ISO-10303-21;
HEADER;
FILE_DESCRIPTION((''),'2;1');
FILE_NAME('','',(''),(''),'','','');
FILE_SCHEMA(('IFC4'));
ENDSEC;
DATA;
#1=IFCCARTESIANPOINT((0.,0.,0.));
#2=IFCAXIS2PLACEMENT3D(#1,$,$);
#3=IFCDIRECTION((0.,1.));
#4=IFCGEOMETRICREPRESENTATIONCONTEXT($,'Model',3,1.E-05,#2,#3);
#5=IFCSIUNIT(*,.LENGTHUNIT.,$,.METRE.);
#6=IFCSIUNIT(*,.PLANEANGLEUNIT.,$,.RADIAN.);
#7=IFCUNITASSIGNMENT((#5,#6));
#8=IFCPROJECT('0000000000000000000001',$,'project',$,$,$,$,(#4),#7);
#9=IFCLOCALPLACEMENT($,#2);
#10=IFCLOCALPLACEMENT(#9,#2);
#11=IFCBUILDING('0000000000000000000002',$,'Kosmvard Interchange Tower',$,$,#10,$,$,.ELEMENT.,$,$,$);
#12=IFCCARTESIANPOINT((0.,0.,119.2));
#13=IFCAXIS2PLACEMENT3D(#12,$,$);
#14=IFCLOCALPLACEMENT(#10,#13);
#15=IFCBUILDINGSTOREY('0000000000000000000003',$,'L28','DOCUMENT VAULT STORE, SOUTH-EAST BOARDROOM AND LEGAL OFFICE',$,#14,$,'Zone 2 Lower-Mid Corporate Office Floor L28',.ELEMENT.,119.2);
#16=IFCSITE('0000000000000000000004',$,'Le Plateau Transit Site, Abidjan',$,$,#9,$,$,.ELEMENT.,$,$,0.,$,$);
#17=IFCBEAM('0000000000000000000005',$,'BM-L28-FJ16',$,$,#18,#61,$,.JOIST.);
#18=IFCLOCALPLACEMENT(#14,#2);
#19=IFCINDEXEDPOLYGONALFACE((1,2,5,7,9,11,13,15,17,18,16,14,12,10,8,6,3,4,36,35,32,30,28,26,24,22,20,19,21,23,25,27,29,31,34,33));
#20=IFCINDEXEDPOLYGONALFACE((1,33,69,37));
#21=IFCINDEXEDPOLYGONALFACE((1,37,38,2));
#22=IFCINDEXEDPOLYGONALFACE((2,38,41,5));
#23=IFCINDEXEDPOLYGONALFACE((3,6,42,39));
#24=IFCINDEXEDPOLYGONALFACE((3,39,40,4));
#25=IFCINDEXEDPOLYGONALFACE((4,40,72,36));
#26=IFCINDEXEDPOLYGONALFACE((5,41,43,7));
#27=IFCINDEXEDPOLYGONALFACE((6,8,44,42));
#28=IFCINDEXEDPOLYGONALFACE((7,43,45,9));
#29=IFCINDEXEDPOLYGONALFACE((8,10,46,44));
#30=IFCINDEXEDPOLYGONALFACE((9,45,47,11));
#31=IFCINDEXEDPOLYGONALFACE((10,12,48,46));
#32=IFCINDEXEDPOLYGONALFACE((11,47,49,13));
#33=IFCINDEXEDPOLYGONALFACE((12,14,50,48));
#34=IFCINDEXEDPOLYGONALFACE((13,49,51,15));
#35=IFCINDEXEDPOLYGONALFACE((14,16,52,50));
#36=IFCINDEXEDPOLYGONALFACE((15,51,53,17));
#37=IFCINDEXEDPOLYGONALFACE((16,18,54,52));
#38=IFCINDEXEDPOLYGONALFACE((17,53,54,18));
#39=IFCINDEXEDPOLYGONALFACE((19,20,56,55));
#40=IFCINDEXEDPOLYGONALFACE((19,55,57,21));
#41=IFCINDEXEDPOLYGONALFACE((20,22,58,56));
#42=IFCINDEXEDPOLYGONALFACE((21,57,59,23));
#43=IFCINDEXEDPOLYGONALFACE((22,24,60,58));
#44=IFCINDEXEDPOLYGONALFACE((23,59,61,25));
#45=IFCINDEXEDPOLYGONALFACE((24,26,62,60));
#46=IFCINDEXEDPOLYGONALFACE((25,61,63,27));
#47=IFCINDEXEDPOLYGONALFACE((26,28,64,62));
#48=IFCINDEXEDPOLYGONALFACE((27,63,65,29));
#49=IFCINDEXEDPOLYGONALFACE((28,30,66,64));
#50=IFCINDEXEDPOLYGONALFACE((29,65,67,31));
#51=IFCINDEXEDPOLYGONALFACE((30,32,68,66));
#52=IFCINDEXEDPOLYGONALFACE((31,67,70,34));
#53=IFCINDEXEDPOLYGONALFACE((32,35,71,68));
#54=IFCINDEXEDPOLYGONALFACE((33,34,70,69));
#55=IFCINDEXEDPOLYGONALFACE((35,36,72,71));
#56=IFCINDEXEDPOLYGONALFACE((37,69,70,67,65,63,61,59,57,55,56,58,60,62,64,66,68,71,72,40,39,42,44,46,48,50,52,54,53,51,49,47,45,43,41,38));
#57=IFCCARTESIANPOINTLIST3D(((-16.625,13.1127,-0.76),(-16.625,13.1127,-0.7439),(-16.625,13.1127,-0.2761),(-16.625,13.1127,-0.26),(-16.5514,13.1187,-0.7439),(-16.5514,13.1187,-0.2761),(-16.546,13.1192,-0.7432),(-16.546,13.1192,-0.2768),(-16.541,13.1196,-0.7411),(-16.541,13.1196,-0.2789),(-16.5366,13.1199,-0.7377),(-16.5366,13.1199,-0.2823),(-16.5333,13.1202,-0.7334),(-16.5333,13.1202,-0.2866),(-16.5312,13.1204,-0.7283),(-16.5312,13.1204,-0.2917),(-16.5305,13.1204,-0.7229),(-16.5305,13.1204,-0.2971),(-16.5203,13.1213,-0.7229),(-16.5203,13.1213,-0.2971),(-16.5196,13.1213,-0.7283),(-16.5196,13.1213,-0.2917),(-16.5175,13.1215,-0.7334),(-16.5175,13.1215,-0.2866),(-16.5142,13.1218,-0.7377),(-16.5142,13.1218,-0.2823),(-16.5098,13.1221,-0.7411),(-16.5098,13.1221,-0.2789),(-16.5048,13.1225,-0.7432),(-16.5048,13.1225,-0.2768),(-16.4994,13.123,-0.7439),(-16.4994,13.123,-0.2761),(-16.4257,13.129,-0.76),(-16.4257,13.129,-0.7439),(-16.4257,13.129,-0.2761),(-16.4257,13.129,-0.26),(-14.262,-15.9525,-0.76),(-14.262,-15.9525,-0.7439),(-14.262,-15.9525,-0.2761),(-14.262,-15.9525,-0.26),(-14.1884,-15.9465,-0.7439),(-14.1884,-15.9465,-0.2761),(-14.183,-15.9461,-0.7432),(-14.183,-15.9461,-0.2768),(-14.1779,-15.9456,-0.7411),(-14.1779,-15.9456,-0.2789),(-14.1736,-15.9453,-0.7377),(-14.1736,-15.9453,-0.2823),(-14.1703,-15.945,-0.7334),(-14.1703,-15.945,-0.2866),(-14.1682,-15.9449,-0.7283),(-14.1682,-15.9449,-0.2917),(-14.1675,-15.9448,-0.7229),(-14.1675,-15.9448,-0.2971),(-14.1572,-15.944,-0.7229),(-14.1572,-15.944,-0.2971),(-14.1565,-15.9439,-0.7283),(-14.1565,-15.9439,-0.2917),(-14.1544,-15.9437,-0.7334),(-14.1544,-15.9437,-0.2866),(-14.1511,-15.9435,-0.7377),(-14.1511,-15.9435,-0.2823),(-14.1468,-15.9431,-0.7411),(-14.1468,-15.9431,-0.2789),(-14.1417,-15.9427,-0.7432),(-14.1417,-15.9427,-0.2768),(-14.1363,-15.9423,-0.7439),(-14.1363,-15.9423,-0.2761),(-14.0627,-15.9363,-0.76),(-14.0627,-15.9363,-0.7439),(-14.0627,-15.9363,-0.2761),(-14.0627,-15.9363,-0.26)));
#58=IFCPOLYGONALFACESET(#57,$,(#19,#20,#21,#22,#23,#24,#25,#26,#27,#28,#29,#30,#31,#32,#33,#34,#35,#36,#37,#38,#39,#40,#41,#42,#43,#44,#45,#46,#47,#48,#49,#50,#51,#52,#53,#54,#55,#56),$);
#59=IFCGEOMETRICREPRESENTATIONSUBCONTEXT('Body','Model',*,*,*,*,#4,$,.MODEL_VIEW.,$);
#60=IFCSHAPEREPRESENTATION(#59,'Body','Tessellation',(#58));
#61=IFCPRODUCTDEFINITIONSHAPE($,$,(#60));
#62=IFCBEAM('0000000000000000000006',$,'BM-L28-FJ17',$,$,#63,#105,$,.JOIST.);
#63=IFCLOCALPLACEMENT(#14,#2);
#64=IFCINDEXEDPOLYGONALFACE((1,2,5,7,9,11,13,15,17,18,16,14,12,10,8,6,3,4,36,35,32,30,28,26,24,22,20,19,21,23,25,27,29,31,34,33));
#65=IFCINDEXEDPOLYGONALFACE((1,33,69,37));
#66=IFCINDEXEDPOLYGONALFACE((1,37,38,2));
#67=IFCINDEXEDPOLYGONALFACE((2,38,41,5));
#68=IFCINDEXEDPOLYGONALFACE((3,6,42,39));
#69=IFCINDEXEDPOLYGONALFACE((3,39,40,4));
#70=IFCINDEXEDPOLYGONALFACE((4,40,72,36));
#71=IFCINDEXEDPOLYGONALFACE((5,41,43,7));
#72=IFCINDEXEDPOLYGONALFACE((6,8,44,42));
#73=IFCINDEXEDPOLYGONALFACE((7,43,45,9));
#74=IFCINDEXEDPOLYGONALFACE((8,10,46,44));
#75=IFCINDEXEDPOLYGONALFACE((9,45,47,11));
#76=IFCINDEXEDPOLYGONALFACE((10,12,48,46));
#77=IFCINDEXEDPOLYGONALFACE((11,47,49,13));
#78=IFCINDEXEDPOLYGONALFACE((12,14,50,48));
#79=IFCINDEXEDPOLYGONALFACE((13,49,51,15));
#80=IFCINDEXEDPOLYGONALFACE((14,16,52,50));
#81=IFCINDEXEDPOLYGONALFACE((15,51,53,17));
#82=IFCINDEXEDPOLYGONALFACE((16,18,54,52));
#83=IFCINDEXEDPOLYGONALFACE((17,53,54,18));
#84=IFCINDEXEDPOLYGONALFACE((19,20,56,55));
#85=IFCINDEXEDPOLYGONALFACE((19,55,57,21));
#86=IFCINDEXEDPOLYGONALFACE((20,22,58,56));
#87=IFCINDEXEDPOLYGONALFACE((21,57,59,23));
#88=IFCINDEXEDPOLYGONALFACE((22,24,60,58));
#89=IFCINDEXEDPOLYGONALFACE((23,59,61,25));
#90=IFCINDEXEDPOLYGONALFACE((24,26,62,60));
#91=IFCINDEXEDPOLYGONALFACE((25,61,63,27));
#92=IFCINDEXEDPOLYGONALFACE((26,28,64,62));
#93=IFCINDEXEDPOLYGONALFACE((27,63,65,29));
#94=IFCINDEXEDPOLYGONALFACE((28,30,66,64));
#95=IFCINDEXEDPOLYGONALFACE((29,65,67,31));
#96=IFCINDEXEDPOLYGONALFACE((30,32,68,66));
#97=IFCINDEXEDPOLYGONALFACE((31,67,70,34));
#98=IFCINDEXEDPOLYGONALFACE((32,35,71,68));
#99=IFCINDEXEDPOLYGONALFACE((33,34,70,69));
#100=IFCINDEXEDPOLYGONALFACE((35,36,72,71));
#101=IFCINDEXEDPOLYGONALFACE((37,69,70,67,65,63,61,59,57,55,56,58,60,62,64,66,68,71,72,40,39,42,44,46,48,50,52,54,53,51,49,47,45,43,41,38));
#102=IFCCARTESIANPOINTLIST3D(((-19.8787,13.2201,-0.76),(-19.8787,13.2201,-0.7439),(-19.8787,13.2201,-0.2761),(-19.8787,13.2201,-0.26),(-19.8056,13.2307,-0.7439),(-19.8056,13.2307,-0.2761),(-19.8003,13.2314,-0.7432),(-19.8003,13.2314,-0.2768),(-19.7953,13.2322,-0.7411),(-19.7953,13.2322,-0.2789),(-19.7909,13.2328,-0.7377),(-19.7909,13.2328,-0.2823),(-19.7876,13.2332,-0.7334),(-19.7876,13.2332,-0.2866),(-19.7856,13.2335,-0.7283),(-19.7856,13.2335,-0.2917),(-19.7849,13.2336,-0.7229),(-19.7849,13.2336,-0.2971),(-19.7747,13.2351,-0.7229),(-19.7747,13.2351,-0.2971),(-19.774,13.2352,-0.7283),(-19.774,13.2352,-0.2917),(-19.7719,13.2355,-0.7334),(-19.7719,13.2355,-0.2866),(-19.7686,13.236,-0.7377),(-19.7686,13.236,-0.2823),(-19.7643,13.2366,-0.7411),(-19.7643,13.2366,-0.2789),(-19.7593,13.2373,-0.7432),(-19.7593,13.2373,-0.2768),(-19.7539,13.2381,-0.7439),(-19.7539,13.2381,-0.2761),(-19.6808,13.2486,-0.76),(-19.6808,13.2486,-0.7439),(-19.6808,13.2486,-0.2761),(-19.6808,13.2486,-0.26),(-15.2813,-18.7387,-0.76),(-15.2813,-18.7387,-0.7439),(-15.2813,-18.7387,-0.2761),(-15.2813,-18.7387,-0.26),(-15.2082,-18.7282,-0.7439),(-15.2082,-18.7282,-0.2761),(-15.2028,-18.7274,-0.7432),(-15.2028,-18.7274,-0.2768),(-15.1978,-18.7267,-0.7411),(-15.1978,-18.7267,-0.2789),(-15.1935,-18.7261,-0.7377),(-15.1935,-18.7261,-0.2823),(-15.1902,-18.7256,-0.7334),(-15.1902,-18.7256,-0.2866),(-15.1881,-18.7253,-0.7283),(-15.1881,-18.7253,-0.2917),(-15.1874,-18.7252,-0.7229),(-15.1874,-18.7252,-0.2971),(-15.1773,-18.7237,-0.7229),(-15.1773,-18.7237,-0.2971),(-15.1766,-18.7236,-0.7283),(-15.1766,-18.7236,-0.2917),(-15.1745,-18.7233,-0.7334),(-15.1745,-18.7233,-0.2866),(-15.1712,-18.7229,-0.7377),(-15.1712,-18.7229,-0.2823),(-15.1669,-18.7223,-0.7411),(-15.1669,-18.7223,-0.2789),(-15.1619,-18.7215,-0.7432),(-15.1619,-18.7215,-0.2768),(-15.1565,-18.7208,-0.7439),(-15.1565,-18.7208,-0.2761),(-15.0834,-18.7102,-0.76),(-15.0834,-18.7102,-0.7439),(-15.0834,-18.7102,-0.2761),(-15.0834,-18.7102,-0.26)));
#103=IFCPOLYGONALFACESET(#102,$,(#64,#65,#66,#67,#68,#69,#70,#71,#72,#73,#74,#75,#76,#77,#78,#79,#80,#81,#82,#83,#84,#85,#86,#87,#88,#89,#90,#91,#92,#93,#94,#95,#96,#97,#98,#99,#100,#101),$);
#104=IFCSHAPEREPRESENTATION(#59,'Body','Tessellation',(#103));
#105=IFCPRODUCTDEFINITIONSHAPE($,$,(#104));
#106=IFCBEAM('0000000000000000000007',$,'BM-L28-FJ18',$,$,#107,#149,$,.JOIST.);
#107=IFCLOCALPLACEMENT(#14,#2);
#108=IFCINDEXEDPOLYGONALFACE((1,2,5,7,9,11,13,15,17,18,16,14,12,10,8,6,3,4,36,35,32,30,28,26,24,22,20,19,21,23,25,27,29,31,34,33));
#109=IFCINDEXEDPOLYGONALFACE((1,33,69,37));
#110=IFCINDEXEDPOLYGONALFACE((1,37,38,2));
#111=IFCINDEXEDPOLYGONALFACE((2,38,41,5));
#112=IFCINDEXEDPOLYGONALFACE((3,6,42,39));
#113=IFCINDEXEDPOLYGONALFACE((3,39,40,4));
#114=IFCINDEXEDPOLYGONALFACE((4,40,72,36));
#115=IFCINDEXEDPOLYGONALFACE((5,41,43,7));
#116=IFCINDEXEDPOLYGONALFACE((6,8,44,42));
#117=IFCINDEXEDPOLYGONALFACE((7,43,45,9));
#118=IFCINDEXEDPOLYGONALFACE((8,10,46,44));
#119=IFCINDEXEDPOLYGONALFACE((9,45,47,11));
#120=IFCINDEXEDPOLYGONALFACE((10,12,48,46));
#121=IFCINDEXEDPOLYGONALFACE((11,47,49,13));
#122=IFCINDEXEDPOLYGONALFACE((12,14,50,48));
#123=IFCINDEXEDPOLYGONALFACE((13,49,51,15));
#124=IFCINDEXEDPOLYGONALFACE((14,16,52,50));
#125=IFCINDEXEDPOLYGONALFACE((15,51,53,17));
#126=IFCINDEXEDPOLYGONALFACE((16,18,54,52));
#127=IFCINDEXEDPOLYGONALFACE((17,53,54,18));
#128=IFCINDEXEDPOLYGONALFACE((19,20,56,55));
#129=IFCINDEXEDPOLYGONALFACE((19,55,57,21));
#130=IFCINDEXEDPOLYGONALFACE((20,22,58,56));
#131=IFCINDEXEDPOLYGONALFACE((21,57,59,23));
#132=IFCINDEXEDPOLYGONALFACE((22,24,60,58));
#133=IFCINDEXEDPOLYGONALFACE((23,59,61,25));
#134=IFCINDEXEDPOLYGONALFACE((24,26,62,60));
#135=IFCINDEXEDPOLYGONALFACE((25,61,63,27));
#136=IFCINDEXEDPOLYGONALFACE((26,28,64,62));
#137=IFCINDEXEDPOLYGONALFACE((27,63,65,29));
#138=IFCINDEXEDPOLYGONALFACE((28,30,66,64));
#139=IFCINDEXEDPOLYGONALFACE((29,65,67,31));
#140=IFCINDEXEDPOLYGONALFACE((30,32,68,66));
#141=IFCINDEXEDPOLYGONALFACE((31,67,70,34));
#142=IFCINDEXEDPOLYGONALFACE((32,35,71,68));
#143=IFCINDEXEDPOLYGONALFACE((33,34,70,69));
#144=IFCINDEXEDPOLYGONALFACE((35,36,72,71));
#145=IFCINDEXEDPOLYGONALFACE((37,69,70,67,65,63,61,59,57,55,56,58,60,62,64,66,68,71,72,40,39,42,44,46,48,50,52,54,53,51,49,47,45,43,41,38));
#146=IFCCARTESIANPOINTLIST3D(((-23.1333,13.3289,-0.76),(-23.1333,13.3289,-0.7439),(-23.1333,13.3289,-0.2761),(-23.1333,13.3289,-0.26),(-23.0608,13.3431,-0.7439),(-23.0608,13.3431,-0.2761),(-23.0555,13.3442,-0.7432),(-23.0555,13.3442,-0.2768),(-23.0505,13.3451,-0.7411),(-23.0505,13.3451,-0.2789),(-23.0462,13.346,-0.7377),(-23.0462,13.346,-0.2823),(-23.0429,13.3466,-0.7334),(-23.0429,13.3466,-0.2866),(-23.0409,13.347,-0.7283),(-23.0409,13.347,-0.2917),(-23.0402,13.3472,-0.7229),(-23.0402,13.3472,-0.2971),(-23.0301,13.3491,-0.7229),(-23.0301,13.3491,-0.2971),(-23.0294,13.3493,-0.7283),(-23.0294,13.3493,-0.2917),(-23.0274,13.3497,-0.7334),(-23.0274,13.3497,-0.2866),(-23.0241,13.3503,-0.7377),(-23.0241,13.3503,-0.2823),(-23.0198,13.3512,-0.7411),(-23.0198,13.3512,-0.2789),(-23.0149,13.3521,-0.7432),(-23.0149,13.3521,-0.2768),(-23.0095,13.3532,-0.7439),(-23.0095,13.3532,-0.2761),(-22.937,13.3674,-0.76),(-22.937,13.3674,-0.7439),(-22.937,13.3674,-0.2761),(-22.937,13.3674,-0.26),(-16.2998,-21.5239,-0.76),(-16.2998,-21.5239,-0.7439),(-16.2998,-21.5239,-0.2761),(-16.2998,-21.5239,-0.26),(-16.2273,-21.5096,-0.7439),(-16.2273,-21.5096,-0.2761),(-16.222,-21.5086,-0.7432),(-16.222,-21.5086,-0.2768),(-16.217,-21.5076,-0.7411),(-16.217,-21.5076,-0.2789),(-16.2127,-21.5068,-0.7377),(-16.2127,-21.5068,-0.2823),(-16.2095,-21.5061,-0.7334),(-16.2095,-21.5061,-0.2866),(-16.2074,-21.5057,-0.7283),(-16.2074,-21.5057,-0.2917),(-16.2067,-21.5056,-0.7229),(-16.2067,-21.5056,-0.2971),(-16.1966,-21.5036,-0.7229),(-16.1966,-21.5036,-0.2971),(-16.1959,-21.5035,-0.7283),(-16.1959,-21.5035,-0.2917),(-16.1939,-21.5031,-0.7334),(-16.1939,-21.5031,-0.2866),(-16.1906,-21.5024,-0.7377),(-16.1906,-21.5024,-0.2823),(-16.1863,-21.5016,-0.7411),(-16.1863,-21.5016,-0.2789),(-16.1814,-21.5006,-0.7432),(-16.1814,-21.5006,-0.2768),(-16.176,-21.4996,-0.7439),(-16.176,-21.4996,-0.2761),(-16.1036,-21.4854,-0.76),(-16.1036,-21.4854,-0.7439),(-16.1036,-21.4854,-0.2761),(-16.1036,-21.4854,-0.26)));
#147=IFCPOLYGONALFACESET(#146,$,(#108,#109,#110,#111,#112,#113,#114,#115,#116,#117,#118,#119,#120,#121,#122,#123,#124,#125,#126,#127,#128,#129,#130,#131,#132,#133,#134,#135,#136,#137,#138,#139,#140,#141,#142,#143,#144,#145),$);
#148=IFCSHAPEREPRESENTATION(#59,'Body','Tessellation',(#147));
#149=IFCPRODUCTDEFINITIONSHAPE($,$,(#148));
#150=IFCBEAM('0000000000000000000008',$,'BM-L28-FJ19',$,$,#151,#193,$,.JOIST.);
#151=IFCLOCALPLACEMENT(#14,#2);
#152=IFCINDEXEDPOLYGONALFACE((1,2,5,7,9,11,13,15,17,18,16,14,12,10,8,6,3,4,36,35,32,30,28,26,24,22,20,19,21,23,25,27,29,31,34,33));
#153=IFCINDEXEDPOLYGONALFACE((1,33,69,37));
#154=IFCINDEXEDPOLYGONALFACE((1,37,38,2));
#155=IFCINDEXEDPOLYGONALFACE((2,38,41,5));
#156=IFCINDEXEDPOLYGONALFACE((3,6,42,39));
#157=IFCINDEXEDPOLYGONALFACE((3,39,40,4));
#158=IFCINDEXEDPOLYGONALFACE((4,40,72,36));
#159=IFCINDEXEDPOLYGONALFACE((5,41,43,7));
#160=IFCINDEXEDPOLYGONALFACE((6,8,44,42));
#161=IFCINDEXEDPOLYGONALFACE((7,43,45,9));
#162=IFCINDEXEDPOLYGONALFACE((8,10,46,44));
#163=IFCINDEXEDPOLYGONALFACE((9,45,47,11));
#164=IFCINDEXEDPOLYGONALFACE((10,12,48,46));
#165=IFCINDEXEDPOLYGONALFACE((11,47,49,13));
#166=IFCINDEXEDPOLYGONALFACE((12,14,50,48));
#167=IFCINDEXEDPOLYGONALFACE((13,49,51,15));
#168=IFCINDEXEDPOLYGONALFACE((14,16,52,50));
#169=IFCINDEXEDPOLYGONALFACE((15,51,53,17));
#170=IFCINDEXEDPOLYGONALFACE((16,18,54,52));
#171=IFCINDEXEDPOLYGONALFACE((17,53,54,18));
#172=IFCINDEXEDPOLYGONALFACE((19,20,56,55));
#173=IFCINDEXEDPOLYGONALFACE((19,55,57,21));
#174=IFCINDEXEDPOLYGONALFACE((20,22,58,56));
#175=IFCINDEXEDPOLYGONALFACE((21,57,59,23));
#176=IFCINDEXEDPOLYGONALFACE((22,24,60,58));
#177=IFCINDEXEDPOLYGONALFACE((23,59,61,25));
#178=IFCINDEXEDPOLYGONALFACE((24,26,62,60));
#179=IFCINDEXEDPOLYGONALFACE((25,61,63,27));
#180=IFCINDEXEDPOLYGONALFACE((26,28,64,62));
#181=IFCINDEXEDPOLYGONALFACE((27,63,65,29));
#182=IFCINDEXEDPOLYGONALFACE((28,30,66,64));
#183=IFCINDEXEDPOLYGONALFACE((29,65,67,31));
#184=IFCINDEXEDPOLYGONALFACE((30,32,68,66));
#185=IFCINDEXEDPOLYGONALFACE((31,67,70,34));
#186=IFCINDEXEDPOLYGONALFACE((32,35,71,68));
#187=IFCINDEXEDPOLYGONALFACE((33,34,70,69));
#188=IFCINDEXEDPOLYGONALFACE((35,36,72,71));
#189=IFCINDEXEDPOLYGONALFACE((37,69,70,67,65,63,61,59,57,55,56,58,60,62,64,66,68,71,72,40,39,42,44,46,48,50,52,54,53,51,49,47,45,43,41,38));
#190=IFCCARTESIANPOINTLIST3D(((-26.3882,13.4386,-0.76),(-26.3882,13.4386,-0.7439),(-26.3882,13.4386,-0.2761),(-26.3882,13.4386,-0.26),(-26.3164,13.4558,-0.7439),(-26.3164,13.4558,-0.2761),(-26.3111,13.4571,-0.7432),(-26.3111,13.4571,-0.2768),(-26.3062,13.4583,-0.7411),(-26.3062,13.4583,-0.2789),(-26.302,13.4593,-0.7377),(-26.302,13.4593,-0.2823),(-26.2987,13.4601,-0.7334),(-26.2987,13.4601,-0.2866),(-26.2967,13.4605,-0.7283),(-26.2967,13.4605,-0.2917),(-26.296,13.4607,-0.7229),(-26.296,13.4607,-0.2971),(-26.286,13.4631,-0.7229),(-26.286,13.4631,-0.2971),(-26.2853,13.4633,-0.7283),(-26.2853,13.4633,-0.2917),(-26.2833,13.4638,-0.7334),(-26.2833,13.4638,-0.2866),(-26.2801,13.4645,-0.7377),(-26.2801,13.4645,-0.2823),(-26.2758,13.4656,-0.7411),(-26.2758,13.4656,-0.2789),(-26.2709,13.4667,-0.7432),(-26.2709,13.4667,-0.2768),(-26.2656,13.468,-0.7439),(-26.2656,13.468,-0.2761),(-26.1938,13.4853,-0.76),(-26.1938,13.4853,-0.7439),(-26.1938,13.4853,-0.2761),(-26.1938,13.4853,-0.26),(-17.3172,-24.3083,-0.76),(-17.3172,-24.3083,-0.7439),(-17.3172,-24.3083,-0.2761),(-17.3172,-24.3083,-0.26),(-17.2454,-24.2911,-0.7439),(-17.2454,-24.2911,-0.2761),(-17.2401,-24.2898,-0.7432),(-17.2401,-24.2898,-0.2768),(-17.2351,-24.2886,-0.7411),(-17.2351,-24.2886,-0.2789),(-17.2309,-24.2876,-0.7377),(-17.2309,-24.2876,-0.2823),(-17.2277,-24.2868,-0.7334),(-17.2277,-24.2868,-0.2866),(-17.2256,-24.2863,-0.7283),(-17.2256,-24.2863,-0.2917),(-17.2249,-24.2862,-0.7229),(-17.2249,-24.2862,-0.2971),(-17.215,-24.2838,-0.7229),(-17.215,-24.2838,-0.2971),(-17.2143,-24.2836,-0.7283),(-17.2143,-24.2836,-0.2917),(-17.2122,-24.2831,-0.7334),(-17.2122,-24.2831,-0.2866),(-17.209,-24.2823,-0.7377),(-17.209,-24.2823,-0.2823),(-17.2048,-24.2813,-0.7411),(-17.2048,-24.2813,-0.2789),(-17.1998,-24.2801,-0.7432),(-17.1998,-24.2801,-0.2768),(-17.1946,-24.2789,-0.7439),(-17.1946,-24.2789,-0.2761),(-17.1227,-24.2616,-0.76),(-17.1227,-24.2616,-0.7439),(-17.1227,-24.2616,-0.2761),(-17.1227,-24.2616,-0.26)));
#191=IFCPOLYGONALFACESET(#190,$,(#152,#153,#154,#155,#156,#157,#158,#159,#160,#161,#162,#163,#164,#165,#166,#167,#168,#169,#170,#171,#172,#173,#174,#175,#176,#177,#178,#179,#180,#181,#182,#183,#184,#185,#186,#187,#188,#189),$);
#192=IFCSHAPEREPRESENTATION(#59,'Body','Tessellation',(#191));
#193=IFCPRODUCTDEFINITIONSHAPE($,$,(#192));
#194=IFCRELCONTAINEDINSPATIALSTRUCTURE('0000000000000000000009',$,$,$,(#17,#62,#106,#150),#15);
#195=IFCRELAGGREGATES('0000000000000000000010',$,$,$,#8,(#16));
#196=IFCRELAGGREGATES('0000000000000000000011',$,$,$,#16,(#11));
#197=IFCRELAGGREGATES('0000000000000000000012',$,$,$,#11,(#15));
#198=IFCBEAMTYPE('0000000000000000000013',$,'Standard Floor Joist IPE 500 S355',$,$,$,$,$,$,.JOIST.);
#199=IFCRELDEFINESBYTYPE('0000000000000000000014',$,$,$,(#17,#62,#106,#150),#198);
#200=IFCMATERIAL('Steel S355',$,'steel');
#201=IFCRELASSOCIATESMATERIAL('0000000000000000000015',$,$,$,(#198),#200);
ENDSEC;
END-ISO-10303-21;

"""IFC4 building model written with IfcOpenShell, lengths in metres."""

from ifc_helpers import new_model, si_unit, direction, frame, origin, origin_2d, place, context, subcontext, project, spatial, i_section, extrude, source, transform, mapped, material, material_profile, profile_set, type_object, element, save


model = new_model("IFC4")

# Units and contexts
model_context = context("Model", 3, precision=1e-05, world=origin(), true_north=direction((0.0, 1.0)))
body_context = subcontext(model_context, "Body", "Model", "MODEL_VIEW")
ifc_project = project(units=[si_unit("LENGTHUNIT", "METRE"), si_unit("PLANEANGLEUNIT", "RADIAN")], contexts=[model_context])

# Site, building, storey
site_placement = place(None, origin())
site = spatial("IfcSite", under=ifc_project, at=site_placement, Name="Le Plateau Transit Site, Abidjan", CompositionType="ELEMENT", RefElevation=0.0)
building_placement = place(site_placement, origin())
building = spatial("IfcBuilding", under=site, at=building_placement, Name="Kosmvard Interchange Tower", CompositionType="ELEMENT")
storey_placement = place(building_placement, frame((0.0, 0.0, 119.2)))
storey = spatial("IfcBuildingStorey", under=building, at=storey_placement, Name="L28", Description="DOCUMENT VAULT STORE, SOUTH-EAST BOARDROOM AND LEGAL OFFICE", LongName="Zone 2 Lower-Mid Corporate Office Floor L28", CompositionType="ELEMENT", Elevation=119.2)

# Beams
ifc_material_1 = material(Name="Steel S355", Category="steel")
ifc_material_profile_1 = material_profile(ifc_material_1, i_section(OverallWidth=0.2, OverallDepth=0.5, WebThickness=0.0103, FlangeThickness=0.0161, FilletRadius=0.021, at=origin_2d()), Name="IPE 500")
ifc_profile_set_1 = profile_set([ifc_material_profile_1], Name="Steel S355")
beam_type_1 = type_object("IfcBeamType", Name="Standard Floor Joist IPE 500 S355", PredefinedType="JOIST", material=ifc_profile_set_1)
shared_shape_1 = source(origin(), body_context, "Body", "SweptSolid", [
    extrude(i_section(OverallWidth=0.2, OverallDepth=0.5, WebThickness=0.0103, FlangeThickness=0.0161, FilletRadius=0.021, at=origin_2d()), origin(), (0.0, 0.0, 1.0), 29.1611),
])
beam_1_placement = place(storey_placement, frame((-16.5254, 13.1208, -0.51), z_axis=(0.081034, -0.996711, 0.0), x_axis=(0.996711, 0.081034, 0.0)))
element("IfcBeam", 1, at=beam_1_placement, inside=storey, type_object=beam_type_1, Name="BM-L28-FJ16", PredefinedType="JOIST", context=body_context, shape_type="MappedRepresentation", body=[
    mapped(shared_shape_1, transform((0.0, 0.0, 0.0), scale=1.0)),
])
shared_shape_2 = source(origin(), body_context, "Body", "SweptSolid", [
    extrude(i_section(OverallWidth=0.2, OverallDepth=0.5, WebThickness=0.0103, FlangeThickness=0.0161, FilletRadius=0.021, at=origin_2d()), origin(), (0.0, 0.0, 1.0), 32.2878),
])
beam_2_placement = place(storey_placement, frame((-19.7798, 13.2344, -0.51), z_axis=(0.142389, -0.989811, 0.0), x_axis=(0.989811, 0.142389, 0.0)))
element("IfcBeam", 2, at=beam_2_placement, inside=storey, type_object=beam_type_1, Name="BM-L28-FJ17", PredefinedType="JOIST", context=body_context, shape_type="MappedRepresentation", body=[
    mapped(shared_shape_2, transform((0.0, 0.0, 0.0), scale=1.0)),
])
shared_shape_3 = source(origin(), body_context, "Body", "SweptSolid", [
    extrude(i_section(OverallWidth=0.2, OverallDepth=0.5, WebThickness=0.0103, FlangeThickness=0.0161, FilletRadius=0.021, at=origin_2d()), origin(), (0.0, 0.0, 1.0), 35.5164),
])
beam_3_placement = place(storey_placement, frame((-23.0352, 13.3481, -0.51), z_axis=(0.192404, -0.981316, 0.0), x_axis=(0.981316, 0.192404, 0.0)))
element("IfcBeam", 3, at=beam_3_placement, inside=storey, type_object=beam_type_1, Name="BM-L28-FJ18", PredefinedType="JOIST", context=body_context, shape_type="MappedRepresentation", body=[
    mapped(shared_shape_3, transform((0.0, 0.0, 0.0), scale=1.0)),
])
shared_shape_4 = source(origin(), body_context, "Body", "SweptSolid", [
    extrude(i_section(OverallWidth=0.2, OverallDepth=0.5, WebThickness=0.0103, FlangeThickness=0.0161, FilletRadius=0.021, at=origin_2d()), origin(), (0.0, 0.0, 1.0), 38.8215),
])
beam_4_placement = place(storey_placement, frame((-26.291, 13.4619, -0.51), z_axis=(0.233661, -0.972318, 0.0), x_axis=(0.972318, 0.233661, 0.0)))
element("IfcBeam", 4, at=beam_4_placement, inside=storey, type_object=beam_type_1, Name="BM-L28-FJ19", PredefinedType="JOIST", context=body_context, shape_type="MappedRepresentation", body=[
    mapped(shared_shape_4, transform((0.0, 0.0, 0.0), scale=1.0)),
])

save(model, "model.ifc")
